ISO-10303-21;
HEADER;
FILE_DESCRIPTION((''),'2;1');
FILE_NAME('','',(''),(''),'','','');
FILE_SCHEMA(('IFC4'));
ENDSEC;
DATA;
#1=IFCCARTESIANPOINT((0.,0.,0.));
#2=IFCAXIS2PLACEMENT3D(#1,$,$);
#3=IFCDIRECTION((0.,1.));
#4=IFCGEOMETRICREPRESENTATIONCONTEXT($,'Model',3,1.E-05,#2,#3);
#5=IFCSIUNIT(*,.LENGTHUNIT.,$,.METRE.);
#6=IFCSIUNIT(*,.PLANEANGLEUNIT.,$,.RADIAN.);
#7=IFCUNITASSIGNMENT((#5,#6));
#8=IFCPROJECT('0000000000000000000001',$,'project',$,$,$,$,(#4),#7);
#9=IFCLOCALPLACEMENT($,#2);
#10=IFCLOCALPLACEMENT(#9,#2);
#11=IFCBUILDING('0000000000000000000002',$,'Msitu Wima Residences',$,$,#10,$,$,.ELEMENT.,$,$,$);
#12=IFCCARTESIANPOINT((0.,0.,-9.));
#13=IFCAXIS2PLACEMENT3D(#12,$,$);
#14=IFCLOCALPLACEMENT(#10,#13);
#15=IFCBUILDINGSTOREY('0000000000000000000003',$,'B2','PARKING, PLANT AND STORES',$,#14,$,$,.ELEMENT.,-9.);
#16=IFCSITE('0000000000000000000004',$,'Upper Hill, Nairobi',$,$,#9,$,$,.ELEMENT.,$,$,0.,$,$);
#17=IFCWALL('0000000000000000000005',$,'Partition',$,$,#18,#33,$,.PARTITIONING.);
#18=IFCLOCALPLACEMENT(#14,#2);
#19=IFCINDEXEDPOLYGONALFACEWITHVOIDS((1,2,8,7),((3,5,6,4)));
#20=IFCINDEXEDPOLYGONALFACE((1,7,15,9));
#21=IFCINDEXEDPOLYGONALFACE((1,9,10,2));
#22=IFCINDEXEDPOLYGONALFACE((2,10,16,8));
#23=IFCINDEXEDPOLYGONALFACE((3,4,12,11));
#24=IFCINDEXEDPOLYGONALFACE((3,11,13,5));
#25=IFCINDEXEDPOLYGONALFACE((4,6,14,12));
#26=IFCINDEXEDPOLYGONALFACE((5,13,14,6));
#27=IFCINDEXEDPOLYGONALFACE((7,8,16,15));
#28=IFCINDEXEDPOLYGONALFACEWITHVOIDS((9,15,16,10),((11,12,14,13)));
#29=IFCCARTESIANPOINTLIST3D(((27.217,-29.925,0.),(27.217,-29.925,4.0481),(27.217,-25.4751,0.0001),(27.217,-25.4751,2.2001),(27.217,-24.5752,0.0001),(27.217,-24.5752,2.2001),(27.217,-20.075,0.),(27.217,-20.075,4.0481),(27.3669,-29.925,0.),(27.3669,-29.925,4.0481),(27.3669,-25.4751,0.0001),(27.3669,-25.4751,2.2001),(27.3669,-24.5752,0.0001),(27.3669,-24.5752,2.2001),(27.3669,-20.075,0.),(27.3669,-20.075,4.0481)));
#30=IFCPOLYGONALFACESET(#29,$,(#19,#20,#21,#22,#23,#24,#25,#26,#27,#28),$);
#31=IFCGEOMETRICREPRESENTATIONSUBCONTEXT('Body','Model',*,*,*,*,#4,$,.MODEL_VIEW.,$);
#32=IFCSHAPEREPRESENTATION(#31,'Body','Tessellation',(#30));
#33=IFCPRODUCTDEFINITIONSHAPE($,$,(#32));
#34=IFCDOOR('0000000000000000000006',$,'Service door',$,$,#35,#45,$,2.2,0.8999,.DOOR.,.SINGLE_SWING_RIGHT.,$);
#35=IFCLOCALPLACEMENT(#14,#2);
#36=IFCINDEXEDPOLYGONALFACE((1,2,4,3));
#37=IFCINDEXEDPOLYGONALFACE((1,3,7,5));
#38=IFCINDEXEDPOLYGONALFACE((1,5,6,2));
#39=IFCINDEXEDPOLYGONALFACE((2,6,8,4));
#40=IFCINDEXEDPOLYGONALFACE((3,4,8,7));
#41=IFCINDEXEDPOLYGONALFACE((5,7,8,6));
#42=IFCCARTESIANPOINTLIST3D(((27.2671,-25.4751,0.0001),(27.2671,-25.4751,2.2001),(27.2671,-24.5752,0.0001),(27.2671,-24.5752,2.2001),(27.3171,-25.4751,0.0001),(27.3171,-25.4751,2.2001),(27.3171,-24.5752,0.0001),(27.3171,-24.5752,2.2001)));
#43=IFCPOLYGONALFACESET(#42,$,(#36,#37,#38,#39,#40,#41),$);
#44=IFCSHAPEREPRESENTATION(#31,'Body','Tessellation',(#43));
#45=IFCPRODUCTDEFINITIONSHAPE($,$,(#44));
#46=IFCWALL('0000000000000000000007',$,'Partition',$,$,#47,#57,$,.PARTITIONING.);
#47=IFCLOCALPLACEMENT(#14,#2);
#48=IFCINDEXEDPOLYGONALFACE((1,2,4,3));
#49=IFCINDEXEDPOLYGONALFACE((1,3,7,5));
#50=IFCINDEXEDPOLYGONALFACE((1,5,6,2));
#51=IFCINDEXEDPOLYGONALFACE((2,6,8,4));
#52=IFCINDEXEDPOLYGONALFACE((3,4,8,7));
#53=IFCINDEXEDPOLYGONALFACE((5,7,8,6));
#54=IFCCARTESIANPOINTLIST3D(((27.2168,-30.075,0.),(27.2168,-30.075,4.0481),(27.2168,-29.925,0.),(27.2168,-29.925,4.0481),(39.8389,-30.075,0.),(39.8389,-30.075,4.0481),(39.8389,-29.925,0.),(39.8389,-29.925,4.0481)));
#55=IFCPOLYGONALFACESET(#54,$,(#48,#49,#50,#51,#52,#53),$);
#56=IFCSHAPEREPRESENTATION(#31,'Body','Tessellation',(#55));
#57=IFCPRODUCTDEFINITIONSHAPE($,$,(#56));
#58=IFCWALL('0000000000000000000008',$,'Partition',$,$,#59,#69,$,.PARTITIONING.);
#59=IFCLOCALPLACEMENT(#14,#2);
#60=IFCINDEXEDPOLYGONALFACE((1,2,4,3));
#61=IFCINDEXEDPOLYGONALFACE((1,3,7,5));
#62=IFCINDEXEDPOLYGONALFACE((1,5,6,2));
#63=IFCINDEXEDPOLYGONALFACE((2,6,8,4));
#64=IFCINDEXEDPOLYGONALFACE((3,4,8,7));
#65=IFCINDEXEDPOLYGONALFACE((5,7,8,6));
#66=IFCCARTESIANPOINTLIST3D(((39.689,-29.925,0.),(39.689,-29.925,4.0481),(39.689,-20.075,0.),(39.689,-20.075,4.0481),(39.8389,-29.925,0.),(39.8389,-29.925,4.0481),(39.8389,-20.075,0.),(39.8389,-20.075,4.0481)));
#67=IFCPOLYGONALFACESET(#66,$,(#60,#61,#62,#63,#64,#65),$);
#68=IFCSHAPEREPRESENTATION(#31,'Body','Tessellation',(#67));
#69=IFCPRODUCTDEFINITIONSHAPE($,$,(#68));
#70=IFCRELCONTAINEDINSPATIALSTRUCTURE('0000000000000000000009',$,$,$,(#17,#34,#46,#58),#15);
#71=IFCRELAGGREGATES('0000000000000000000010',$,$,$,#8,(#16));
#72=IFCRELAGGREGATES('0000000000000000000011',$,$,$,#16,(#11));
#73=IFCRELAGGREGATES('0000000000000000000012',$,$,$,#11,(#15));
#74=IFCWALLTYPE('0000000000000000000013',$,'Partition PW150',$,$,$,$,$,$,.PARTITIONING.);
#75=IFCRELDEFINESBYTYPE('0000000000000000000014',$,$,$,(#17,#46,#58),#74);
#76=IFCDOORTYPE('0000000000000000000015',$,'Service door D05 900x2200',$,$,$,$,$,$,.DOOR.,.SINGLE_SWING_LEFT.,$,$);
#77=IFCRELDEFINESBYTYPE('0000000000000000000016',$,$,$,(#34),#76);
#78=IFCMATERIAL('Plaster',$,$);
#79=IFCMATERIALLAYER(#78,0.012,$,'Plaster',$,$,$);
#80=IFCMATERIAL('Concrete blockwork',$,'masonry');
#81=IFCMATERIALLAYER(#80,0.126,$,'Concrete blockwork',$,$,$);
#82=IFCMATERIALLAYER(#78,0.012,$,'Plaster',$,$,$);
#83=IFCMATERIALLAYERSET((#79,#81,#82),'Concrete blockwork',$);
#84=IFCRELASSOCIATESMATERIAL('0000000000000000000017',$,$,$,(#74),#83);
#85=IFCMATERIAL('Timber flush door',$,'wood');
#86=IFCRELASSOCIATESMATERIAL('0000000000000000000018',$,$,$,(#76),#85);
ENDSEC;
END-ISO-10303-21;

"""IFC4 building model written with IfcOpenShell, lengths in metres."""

from ifc_helpers import new_model, si_unit, direction, frame, frame_2d, origin, place, context, subcontext, project, spatial, rectangle, extrude, material, layer, layer_set, type_object, element, fill, save


model = new_model("IFC4")

# Units and contexts
model_context = context("Model", 3, precision=1e-05, world=origin(), true_north=direction((0.0, 1.0)))
body_context = subcontext(model_context, "Body", "Model", "MODEL_VIEW")
ifc_project = project(units=[si_unit("LENGTHUNIT", "METRE"), si_unit("PLANEANGLEUNIT", "RADIAN")], contexts=[model_context])

# Site, building, storey
site_placement = place(None, origin())
site = spatial("IfcSite", under=ifc_project, at=site_placement, Name="Upper Hill, Nairobi", CompositionType="ELEMENT", RefElevation=0.0)
building_placement = place(site_placement, origin())
building = spatial("IfcBuilding", under=site, at=building_placement, Name="Msitu Wima Residences", CompositionType="ELEMENT")
storey_placement = place(building_placement, frame((0.0, 0.0, -9.0)))
storey = spatial("IfcBuildingStorey", under=building, at=storey_placement, Name="B2", Description="PARKING, PLANT AND STORES", CompositionType="ELEMENT", Elevation=-9.0)

# Shared definitions
ifc_material_1 = material(Name="Plaster")
ifc_layer_1 = layer(ifc_material_1, 0.012, Name="Plaster")
ifc_material_2 = material(Name="Concrete blockwork", Category="masonry")
ifc_layer_2 = layer(ifc_material_2, 0.126, Name="Concrete blockwork")
ifc_layer_3 = layer(ifc_material_1, 0.012, Name="Plaster")
ifc_layer_set = layer_set([ifc_layer_1, ifc_layer_2, ifc_layer_3], Name="Concrete blockwork")
wall_type = type_object("IfcWallType", Name="Partition PW150", PredefinedType="PARTITIONING", material=ifc_layer_set)

# Wall, opening, door
wall_1_placement = place(storey_placement, frame((27.292, -29.925, 0.0), z_axis=(0.0, 0.0, 1.0), x_axis=(0.0, 1.0, 0.0)))
wall_1 = element("IfcWall", 1, at=wall_1_placement, inside=storey, type_object=wall_type, Name="Partition", PredefinedType="PARTITIONING", context=body_context, shape_type="SweptSolid", body=[
    extrude(rectangle(XDim=9.8501, YDim=0.1499, at=frame_2d((4.925, 0.0))), origin(), (0.0, 0.0, 1.0), 4.0481),
])
opening_placement = place(wall_1_placement, frame((4.45, 0.0, 0.0)))
opening = element("IfcOpeningElement", 2, at=opening_placement, cuts=wall_1, PredefinedType="OPENING", context=body_context, shape_type="SweptSolid", body=[
    extrude(rectangle(XDim=0.8999, YDim=2.2, at=frame_2d((0.45, 1.1001))), frame((0.0, 0.085, 0.0), z_axis=(0.0, -1.0, 0.0), x_axis=(1.0, 0.0, 0.0)), (0.0, 0.0, 1.0), 0.1699),
])
ifc_material_3 = material(Name="Timber flush door", Category="wood")
door_type = type_object("IfcDoorType", Name="Service door D05 900x2200", OperationType="SINGLE_SWING_LEFT", PredefinedType="DOOR", material=ifc_material_3)
door_placement = place(opening_placement, origin())
door = element("IfcDoor", 3, at=door_placement, inside=storey, type_object=door_type, Name="Service door", OperationType="SINGLE_SWING_RIGHT", OverallHeight=2.2, OverallWidth=0.8999, PredefinedType="DOOR", context=body_context, shape_type="SweptSolid", body=[
    extrude(rectangle(XDim=0.8999, YDim=2.2, at=frame_2d((0.45, 1.1001))), frame((0.0, 0.0249, 0.0), z_axis=(0.0, -1.0, 0.0), x_axis=(1.0, 0.0, 0.0)), (0.0, 0.0, 1.0), 0.05),
])
fill(opening, door)

# Walls
wall_2_placement = place(storey_placement, frame((27.2168, -30.0, 0.0), z_axis=(0.0, 0.0, 1.0), x_axis=(1.0, 0.0, 0.0)))
element("IfcWall", 4, at=wall_2_placement, inside=storey, type_object=wall_type, Name="Partition", PredefinedType="PARTITIONING", context=body_context, shape_type="SweptSolid", body=[
    extrude(rectangle(XDim=12.6221, YDim=0.1499, at=frame_2d((6.311, 0.0))), origin(), (0.0, 0.0, 1.0), 4.0481),
])
wall_3_placement = place(storey_placement, frame((39.7639, -29.925, 0.0), z_axis=(0.0, 0.0, 1.0), x_axis=(0.0, 1.0, 0.0)))
element("IfcWall", 5, at=wall_3_placement, inside=storey, type_object=wall_type, Name="Partition", PredefinedType="PARTITIONING", context=body_context, shape_type="SweptSolid", body=[
    extrude(rectangle(XDim=9.8501, YDim=0.1499, at=frame_2d((4.925, 0.0))), origin(), (0.0, 0.0, 1.0), 4.0481),
])

save(model, "model.ifc")
